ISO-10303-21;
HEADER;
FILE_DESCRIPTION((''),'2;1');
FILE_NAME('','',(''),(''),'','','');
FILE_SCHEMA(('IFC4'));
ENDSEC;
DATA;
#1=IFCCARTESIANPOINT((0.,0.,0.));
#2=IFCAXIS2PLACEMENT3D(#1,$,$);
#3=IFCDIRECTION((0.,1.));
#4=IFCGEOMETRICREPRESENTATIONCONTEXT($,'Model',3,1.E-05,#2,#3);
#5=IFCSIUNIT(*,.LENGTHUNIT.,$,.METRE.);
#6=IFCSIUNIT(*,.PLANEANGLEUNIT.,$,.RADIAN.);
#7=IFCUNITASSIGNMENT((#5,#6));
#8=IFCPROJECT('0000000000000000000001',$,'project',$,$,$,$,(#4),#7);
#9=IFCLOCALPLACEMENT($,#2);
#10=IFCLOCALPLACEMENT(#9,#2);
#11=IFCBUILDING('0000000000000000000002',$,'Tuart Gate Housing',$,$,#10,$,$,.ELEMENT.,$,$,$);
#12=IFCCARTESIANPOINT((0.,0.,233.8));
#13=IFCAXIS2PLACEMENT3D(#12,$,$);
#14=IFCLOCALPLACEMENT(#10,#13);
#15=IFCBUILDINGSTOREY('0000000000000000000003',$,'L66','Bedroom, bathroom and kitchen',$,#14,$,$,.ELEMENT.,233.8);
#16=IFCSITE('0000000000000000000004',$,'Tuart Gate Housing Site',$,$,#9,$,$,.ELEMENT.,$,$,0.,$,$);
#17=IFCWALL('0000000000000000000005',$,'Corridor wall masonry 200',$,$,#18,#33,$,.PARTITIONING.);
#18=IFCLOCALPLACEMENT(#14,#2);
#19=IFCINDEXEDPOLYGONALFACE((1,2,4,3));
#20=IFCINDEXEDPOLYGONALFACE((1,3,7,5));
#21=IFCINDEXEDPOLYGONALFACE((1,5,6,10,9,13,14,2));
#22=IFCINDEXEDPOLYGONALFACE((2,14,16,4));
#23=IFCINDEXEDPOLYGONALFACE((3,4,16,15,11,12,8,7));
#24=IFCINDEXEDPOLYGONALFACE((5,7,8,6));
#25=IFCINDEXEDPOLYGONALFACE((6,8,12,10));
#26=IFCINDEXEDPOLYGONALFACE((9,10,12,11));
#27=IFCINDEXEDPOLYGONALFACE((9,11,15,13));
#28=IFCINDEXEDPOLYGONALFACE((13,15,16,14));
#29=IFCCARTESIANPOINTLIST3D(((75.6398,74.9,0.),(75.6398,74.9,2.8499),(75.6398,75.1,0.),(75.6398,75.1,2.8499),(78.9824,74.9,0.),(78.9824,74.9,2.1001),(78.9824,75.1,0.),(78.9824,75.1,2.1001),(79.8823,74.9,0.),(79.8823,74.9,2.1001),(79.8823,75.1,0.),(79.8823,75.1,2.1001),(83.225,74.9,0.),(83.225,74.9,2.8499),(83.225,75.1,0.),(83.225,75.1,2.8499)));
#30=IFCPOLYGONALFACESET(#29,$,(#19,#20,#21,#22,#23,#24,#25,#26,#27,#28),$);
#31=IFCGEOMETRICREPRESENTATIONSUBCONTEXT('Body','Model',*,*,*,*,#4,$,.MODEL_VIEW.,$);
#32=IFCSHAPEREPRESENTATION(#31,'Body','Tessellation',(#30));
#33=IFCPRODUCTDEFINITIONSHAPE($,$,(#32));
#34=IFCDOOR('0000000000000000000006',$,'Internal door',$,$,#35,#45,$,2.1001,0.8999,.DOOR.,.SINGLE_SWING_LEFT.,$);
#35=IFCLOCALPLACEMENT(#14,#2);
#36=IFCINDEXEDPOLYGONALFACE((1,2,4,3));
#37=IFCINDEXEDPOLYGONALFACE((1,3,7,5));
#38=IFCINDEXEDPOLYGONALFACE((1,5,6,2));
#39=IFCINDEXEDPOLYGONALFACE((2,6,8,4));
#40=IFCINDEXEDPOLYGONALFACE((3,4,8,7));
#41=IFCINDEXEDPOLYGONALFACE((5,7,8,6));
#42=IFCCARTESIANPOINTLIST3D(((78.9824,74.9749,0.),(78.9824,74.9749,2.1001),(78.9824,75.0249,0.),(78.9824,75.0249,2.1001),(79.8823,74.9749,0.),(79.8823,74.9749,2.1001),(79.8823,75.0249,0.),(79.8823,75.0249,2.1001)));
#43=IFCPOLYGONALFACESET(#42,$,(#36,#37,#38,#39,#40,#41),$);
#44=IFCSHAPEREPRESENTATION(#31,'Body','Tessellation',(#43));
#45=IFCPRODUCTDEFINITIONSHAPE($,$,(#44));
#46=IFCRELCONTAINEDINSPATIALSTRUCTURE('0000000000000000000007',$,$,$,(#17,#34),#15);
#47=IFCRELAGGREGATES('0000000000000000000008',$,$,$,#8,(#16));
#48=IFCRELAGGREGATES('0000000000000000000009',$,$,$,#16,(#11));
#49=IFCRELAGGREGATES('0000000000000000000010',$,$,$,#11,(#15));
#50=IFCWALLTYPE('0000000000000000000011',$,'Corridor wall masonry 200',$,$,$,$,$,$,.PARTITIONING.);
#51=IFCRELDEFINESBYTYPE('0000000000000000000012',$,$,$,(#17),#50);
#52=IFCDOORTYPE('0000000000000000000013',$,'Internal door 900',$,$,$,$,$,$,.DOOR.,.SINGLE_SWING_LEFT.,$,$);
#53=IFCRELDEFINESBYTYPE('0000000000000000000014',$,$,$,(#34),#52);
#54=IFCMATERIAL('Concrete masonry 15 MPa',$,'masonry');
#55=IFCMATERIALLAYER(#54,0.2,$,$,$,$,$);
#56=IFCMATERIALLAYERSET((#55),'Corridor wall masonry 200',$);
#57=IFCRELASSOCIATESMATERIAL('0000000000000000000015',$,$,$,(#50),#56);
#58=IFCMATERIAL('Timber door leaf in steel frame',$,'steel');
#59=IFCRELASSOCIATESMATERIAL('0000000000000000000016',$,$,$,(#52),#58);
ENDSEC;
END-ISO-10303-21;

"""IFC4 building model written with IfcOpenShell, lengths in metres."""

from ifc_helpers import new_model, si_unit, direction, frame, frame_2d, origin, place, context, subcontext, project, spatial, rectangle, extrude, material, layer, layer_set, type_object, element, fill, save


model = new_model("IFC4")

# Units and contexts
model_context = context("Model", 3, precision=1e-05, world=origin(), true_north=direction((0.0, 1.0)))
body_context = subcontext(model_context, "Body", "Model", "MODEL_VIEW")
ifc_project = project(units=[si_unit("LENGTHUNIT", "METRE"), si_unit("PLANEANGLEUNIT", "RADIAN")], contexts=[model_context])

# Site, building, storey
site_placement = place(None, origin())
site = spatial("IfcSite", under=ifc_project, at=site_placement, Name="Tuart Gate Housing Site", CompositionType="ELEMENT", RefElevation=0.0)
building_placement = place(site_placement, origin())
building = spatial("IfcBuilding", under=site, at=building_placement, Name="Tuart Gate Housing", CompositionType="ELEMENT")
storey_placement = place(building_placement, frame((0.0, 0.0, 233.8)))
storey = spatial("IfcBuildingStorey", under=building, at=storey_placement, Name="L66", Description="Bedroom, bathroom and kitchen", CompositionType="ELEMENT", Elevation=233.8)

# Shared definitions
ifc_material_1 = material(Name="Concrete masonry 15 MPa", Category="masonry")
ifc_layer_1 = layer(ifc_material_1, 0.2)
ifc_layer_set_1 = layer_set([ifc_layer_1], Name="Corridor wall masonry 200")
wall_type_1 = type_object("IfcWallType", Name="Corridor wall masonry 200", PredefinedType="PARTITIONING", material=ifc_layer_set_1)

# Wall, opening, door
wall_1_placement = place(storey_placement, frame((75.6399, 75.0, 0.0), z_axis=(0.0, 0.0, 1.0), x_axis=(1.0, 0.0, 0.0)))
wall_1 = element("IfcWall", 1, at=wall_1_placement, inside=storey, type_object=wall_type_1, Name="Corridor wall masonry 200", PredefinedType="PARTITIONING", context=body_context, shape_type="SweptSolid", body=[
    extrude(rectangle(XDim=7.5852, YDim=0.2, at=frame_2d((3.7925, 0.0))), origin(), (0.0, 0.0, 1.0), 2.8499),
])
opening_1_placement = place(wall_1_placement, frame((3.3425, 0.0, 0.0)))
opening_1 = element("IfcOpeningElement", 2, at=opening_1_placement, cuts=wall_1, PredefinedType="OPENING", context=body_context, shape_type="SweptSolid", body=[
    extrude(rectangle(XDim=0.8999, YDim=2.1001, at=frame_2d((0.45, 1.05))), frame((0.0, 0.1099, 0.0), z_axis=(0.0, -1.0, 0.0), x_axis=(1.0, 0.0, 0.0)), (0.0, 0.0, 1.0), 0.22),
])
ifc_material_2 = material(Name="Timber door leaf in steel frame", Category="steel")
door_type_1 = type_object("IfcDoorType", Name="Internal door 900", OperationType="SINGLE_SWING_LEFT", PredefinedType="DOOR", material=ifc_material_2)
door_1_placement = place(opening_1_placement, origin())
door_1 = element("IfcDoor", 3, at=door_1_placement, inside=storey, type_object=door_type_1, Name="Internal door", OperationType="SINGLE_SWING_LEFT", OverallHeight=2.1001, OverallWidth=0.8999, PredefinedType="DOOR", context=body_context, shape_type="SweptSolid", body=[
    extrude(rectangle(XDim=0.8999, YDim=2.1001, at=frame_2d((0.45, 1.05))), frame((0.0, 0.0249, 0.0), z_axis=(0.0, -1.0, 0.0), x_axis=(1.0, 0.0, 0.0)), (0.0, 0.0, 1.0), 0.05),
])
fill(opening_1, door_1)

save(model, "model.ifc")
